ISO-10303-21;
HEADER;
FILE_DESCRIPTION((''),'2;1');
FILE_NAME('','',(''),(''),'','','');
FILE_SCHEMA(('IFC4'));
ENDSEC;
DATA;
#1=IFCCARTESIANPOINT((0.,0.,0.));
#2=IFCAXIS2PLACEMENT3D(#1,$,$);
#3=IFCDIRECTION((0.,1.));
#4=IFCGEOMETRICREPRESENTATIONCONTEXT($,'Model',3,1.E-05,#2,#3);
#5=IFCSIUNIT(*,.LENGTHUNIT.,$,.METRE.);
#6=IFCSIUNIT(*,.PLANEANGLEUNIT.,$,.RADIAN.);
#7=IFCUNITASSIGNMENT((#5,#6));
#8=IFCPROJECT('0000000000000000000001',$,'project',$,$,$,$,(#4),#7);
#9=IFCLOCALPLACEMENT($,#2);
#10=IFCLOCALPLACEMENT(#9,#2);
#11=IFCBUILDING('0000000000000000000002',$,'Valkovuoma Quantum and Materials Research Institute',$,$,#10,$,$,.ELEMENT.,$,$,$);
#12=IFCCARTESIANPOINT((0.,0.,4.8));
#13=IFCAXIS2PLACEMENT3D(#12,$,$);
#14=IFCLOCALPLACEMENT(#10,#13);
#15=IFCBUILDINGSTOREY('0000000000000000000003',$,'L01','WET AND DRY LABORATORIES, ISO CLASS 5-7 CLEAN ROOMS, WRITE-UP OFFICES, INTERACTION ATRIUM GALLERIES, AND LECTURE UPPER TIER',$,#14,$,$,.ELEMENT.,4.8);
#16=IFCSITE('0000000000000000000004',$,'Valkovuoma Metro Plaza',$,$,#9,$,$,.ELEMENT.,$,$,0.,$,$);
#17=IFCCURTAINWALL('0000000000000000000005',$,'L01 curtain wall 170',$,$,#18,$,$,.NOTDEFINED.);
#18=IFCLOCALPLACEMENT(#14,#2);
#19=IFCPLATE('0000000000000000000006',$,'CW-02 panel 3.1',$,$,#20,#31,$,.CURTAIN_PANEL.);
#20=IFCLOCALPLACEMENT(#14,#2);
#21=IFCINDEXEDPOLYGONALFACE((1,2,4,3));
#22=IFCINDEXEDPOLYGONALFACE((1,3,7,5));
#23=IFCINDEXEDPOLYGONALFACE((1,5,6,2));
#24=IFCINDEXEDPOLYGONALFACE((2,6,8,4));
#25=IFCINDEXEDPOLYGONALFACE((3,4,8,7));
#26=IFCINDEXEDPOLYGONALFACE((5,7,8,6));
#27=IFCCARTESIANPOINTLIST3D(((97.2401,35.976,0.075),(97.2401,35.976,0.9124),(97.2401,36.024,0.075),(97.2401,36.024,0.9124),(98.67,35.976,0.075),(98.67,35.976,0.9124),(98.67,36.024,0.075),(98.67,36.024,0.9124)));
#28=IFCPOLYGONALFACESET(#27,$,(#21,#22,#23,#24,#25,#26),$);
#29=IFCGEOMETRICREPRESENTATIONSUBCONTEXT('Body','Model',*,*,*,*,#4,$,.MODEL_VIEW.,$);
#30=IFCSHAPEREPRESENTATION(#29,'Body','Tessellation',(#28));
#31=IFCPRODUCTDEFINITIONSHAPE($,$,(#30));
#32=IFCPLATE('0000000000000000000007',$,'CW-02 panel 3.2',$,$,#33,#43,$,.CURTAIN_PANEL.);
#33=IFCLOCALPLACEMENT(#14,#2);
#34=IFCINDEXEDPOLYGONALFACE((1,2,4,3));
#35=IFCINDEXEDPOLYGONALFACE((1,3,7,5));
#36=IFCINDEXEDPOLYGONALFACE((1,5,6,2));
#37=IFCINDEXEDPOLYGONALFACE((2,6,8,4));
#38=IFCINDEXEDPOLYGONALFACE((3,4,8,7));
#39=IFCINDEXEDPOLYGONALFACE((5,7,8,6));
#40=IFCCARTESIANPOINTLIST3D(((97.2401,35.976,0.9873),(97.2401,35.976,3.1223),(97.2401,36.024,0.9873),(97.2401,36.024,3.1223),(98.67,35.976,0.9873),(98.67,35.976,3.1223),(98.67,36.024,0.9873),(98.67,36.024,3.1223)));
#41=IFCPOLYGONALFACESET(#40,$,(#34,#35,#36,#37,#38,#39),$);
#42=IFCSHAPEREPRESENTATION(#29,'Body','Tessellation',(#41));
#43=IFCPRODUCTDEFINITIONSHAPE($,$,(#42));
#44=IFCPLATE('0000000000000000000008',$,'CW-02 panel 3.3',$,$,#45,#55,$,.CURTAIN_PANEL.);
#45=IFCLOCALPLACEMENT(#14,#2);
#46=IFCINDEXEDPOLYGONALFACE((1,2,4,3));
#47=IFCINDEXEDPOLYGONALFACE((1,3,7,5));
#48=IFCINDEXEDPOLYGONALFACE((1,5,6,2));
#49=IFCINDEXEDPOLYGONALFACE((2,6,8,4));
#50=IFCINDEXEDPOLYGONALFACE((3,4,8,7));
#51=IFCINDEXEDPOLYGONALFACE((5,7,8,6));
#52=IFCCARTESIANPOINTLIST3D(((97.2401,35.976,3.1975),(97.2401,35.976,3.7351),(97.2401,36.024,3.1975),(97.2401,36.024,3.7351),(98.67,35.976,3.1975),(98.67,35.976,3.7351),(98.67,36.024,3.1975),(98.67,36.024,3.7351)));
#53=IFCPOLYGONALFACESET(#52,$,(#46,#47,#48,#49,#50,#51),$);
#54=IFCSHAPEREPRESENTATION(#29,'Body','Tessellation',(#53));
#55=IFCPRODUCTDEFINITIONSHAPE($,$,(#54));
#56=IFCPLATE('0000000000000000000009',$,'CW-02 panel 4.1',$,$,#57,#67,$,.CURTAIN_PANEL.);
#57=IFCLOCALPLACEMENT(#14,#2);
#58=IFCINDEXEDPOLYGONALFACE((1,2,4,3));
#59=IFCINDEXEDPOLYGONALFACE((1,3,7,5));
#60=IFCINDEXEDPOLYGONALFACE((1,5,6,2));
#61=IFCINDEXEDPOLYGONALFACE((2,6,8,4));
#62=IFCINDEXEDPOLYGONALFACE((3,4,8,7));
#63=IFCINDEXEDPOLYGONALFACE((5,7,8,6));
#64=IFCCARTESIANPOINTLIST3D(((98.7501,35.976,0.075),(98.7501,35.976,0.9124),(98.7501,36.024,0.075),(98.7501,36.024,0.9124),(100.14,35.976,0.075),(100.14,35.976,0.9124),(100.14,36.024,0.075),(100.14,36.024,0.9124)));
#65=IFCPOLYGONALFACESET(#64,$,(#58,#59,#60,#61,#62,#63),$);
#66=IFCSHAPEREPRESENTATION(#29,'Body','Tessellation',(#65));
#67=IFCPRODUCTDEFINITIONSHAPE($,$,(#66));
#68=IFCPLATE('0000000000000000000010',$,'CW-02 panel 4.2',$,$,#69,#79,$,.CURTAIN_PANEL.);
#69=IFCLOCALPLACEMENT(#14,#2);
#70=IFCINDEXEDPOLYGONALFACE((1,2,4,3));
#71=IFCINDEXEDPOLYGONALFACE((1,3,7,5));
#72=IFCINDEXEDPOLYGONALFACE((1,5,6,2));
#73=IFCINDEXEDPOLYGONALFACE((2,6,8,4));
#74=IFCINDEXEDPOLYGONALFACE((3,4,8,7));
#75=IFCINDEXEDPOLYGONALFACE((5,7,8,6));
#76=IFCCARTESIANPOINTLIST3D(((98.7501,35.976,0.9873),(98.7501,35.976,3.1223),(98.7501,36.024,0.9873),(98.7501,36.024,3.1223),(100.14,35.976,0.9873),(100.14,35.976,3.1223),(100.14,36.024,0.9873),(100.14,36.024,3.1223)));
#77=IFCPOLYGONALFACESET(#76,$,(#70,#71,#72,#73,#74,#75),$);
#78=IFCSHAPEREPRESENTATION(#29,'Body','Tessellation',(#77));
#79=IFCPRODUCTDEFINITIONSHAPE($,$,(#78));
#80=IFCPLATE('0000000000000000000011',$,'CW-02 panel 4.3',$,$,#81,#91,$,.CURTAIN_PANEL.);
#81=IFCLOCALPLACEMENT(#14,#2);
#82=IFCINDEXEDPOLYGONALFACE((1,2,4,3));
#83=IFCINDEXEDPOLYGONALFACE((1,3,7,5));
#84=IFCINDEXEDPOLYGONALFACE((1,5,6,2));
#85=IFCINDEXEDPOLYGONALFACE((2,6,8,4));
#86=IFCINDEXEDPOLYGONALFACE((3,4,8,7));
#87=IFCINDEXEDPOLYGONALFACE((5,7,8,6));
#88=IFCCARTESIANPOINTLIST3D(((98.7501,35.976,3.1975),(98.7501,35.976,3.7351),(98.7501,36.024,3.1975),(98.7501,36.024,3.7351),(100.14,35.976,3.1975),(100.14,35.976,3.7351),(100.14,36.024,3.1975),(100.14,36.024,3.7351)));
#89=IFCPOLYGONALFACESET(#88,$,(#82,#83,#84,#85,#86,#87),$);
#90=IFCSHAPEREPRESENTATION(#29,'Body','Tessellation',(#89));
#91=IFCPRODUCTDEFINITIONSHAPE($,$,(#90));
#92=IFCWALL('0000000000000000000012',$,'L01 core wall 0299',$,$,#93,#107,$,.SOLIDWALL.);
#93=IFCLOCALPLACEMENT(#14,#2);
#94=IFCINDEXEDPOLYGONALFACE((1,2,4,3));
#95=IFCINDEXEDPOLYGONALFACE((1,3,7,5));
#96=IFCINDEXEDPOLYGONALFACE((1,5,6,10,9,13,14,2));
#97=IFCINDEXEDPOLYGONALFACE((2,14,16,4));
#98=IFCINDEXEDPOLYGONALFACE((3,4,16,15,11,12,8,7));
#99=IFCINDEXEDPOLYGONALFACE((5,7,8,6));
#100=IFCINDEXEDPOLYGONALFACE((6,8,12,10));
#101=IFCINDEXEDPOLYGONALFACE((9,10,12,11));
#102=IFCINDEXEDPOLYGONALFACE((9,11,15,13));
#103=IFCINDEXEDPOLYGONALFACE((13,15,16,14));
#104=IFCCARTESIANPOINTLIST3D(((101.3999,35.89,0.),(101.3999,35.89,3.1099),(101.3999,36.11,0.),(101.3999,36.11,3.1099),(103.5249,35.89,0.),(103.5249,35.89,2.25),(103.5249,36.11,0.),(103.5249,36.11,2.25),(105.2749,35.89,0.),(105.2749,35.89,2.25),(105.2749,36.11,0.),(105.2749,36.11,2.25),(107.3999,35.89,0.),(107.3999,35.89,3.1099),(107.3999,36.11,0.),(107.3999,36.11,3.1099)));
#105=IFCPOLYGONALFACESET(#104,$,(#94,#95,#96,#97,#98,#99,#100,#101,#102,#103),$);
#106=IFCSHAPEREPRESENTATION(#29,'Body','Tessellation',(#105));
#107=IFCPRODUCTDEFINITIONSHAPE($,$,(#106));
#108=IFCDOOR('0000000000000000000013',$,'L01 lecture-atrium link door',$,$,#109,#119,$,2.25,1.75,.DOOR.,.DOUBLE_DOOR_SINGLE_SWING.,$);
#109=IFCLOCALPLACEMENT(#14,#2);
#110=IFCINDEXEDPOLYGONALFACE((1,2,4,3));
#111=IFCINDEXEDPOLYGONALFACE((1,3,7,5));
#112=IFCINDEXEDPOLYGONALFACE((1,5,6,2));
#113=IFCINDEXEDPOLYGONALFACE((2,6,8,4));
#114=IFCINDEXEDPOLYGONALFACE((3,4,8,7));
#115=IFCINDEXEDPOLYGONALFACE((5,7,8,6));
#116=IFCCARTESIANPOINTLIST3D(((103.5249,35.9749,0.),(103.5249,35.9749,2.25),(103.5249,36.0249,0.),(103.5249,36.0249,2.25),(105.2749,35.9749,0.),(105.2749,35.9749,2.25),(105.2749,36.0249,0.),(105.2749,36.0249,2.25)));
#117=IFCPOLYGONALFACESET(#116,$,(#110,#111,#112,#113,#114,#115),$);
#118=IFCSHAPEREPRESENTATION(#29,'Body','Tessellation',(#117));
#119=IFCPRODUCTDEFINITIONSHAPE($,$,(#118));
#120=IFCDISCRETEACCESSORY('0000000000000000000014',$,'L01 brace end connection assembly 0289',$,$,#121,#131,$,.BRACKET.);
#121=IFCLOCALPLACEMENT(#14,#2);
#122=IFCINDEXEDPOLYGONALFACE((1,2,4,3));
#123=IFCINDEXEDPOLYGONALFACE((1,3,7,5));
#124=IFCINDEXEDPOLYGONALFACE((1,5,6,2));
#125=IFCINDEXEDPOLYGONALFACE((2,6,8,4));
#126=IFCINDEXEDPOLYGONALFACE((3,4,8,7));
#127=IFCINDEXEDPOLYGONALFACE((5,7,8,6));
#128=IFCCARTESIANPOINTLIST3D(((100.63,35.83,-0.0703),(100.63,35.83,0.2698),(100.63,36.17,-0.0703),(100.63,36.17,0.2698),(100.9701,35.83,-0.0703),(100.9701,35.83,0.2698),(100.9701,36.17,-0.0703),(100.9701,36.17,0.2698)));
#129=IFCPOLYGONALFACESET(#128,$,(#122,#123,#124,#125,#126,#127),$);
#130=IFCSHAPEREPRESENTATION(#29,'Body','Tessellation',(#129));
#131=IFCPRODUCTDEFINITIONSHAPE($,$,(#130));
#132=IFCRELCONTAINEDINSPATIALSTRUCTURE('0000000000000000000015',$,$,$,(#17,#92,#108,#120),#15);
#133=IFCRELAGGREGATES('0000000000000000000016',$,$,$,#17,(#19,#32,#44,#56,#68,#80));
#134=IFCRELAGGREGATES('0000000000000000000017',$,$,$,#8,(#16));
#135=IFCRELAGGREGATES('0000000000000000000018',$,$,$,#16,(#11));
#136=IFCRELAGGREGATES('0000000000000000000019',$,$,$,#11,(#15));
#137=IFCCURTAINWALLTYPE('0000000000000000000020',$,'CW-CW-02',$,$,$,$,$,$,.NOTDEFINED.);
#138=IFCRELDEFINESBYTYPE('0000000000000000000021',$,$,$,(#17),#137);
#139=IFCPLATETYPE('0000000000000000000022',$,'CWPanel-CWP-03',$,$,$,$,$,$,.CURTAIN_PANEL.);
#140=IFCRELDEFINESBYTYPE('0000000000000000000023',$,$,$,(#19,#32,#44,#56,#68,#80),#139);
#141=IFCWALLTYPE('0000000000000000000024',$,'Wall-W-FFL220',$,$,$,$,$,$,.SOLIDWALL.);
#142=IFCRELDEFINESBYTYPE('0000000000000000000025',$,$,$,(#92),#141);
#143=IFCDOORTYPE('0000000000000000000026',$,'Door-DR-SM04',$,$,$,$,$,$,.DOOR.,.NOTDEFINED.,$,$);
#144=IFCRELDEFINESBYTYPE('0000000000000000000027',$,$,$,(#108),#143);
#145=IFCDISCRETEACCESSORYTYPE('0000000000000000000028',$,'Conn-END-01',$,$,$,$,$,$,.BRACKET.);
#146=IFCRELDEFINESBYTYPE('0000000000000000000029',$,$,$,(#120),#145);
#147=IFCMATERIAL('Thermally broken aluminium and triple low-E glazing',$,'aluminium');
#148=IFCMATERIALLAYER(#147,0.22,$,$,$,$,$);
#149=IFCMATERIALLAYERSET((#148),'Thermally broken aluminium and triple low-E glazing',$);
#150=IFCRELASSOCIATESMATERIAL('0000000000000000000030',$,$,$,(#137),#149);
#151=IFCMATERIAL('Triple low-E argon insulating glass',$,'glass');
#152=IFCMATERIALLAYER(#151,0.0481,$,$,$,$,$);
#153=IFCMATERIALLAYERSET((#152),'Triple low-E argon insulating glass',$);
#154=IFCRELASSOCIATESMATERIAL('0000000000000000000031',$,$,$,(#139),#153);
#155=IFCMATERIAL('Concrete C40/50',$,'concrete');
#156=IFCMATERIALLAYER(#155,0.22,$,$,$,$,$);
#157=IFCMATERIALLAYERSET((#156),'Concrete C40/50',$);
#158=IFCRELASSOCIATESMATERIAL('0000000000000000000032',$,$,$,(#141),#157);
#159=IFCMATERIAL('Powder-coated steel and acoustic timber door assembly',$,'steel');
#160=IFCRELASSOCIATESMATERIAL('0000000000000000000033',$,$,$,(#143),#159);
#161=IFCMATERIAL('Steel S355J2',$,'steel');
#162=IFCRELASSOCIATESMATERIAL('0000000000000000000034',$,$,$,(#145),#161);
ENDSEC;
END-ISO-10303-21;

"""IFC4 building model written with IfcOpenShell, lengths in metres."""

from ifc_helpers import new_model, si_unit, direction, frame, frame_2d, origin, origin_2d, place, context, subcontext, project, spatial, rectangle, extrude, material, layer, layer_set, type_object, element, fill, aggregate, save


model = new_model("IFC4")

# Units and contexts
model_context = context("Model", 3, precision=1e-05, world=origin(), true_north=direction((0.0, 1.0)))
body_context = subcontext(model_context, "Body", "Model", "MODEL_VIEW")
ifc_project = project(units=[si_unit("LENGTHUNIT", "METRE"), si_unit("PLANEANGLEUNIT", "RADIAN")], contexts=[model_context])

# Site, building, storey
site_placement = place(None, origin())
site = spatial("IfcSite", under=ifc_project, at=site_placement, Name="Valkovuoma Metro Plaza", CompositionType="ELEMENT", RefElevation=0.0)
building_placement = place(site_placement, origin())
building = spatial("IfcBuilding", under=site, at=building_placement, Name="Valkovuoma Quantum and Materials Research Institute", CompositionType="ELEMENT")
storey_placement = place(building_placement, frame((0.0, 0.0, 4.8)))
storey = spatial("IfcBuildingStorey", under=building, at=storey_placement, Name="L01", Description="WET AND DRY LABORATORIES, ISO CLASS 5-7 CLEAN ROOMS, WRITE-UP OFFICES, INTERACTION ATRIUM GALLERIES, AND LECTURE UPPER TIER", CompositionType="ELEMENT", Elevation=4.8)

# Curtain wall
ifc_material_1 = material(Name="Thermally broken aluminium and triple low-E glazing", Category="aluminium")
ifc_layer_1 = layer(ifc_material_1, 0.22)
ifc_layer_set_1 = layer_set([ifc_layer_1], Name="Thermally broken aluminium and triple low-E glazing")
curtain_wall_type = type_object("IfcCurtainWallType", Name="CW-CW-02", PredefinedType="NOTDEFINED", material=ifc_layer_set_1)
curtain_wall_placement = place(storey_placement, origin())
curtain_wall = element("IfcCurtainWall", 1, at=curtain_wall_placement, inside=storey, type_object=curtain_wall_type, Name="L01 curtain wall 170", PredefinedType="NOTDEFINED")

# Plates
ifc_material_2 = material(Name="Triple low-E argon insulating glass", Category="glass")
ifc_layer_2 = layer(ifc_material_2, 0.0481)
ifc_layer_set_2 = layer_set([ifc_layer_2], Name="Triple low-E argon insulating glass")
plate_type = type_object("IfcPlateType", Name="CWPanel-CWP-03", PredefinedType="CURTAIN_PANEL", material=ifc_layer_set_2)
plate_1_placement = place(storey_placement, frame((97.9551, 36.0, 0.075), z_axis=(0.0, 0.0, 1.0), x_axis=(1.0, 0.0, 0.0)))
plate_1 = element("IfcPlate", 2, at=plate_1_placement, type_object=plate_type, Name="CW-02 panel 3.1", PredefinedType="CURTAIN_PANEL", context=body_context, shape_type="SweptSolid", body=[
    extrude(rectangle(XDim=1.4299, YDim=0.0481, at=origin_2d()), origin(), (0.0, 0.0, 1.0), 0.8374),
])
plate_2_placement = place(storey_placement, frame((97.9551, 36.0, 0.9873), z_axis=(0.0, 0.0, 1.0), x_axis=(1.0, 0.0, 0.0)))
plate_2 = element("IfcPlate", 3, at=plate_2_placement, type_object=plate_type, Name="CW-02 panel 3.2", PredefinedType="CURTAIN_PANEL", context=body_context, shape_type="SweptSolid", body=[
    extrude(rectangle(XDim=1.4299, YDim=0.0481, at=origin_2d()), origin(), (0.0, 0.0, 1.0), 2.135),
])
plate_3_placement = place(storey_placement, frame((97.9551, 36.0, 3.1975), z_axis=(0.0, 0.0, 1.0), x_axis=(1.0, 0.0, 0.0)))
plate_3 = element("IfcPlate", 4, at=plate_3_placement, type_object=plate_type, Name="CW-02 panel 3.3", PredefinedType="CURTAIN_PANEL", context=body_context, shape_type="SweptSolid", body=[
    extrude(rectangle(XDim=1.4299, YDim=0.0481, at=origin_2d()), origin(), (0.0, 0.0, 1.0), 0.5376),
])
plate_4_placement = place(storey_placement, frame((99.4451, 36.0, 0.075), z_axis=(0.0, 0.0, 1.0), x_axis=(1.0, 0.0, 0.0)))
plate_4 = element("IfcPlate", 5, at=plate_4_placement, type_object=plate_type, Name="CW-02 panel 4.1", PredefinedType="CURTAIN_PANEL", context=body_context, shape_type="SweptSolid", body=[
    extrude(rectangle(XDim=1.3899, YDim=0.0481, at=origin_2d()), origin(), (0.0, 0.0, 1.0), 0.8374),
])
plate_5_placement = place(storey_placement, frame((99.4451, 36.0, 0.9873), z_axis=(0.0, 0.0, 1.0), x_axis=(1.0, 0.0, 0.0)))
plate_5 = element("IfcPlate", 6, at=plate_5_placement, type_object=plate_type, Name="CW-02 panel 4.2", PredefinedType="CURTAIN_PANEL", context=body_context, shape_type="SweptSolid", body=[
    extrude(rectangle(XDim=1.3899, YDim=0.0481, at=origin_2d()), origin(), (0.0, 0.0, 1.0), 2.135),
])
plate_6_placement = place(storey_placement, frame((99.4451, 36.0, 3.1975), z_axis=(0.0, 0.0, 1.0), x_axis=(1.0, 0.0, 0.0)))
plate_6 = element("IfcPlate", 7, at=plate_6_placement, type_object=plate_type, Name="CW-02 panel 4.3", PredefinedType="CURTAIN_PANEL", context=body_context, shape_type="SweptSolid", body=[
    extrude(rectangle(XDim=1.3899, YDim=0.0481, at=origin_2d()), origin(), (0.0, 0.0, 1.0), 0.5376),
])
aggregate(curtain_wall, [plate_1, plate_2, plate_3, plate_4, plate_5, plate_6])

# Wall, opening, door
ifc_material_3 = material(Name="Concrete C40/50", Category="concrete")
ifc_layer_3 = layer(ifc_material_3, 0.22)
ifc_layer_set_3 = layer_set([ifc_layer_3], Name="Concrete C40/50")
wall_type = type_object("IfcWallType", Name="Wall-W-FFL220", PredefinedType="SOLIDWALL", material=ifc_layer_set_3)
wall_placement = place(storey_placement, frame((101.3999, 36.0, 0.0), z_axis=(0.0, 0.0, 1.0), x_axis=(1.0, 0.0, 0.0)))
wall = element("IfcWall", 8, at=wall_placement, inside=storey, type_object=wall_type, Name="L01 core wall 0299", PredefinedType="SOLIDWALL", context=body_context, shape_type="SweptSolid", body=[
    extrude(rectangle(XDim=6.0, YDim=0.22, at=frame_2d((3.0, 0.0))), origin(), (0.0, 0.0, 1.0), 3.1099),
])
opening_placement = place(wall_placement, frame((2.125, 0.0, 0.0)))
opening = element("IfcOpeningElement", 9, at=opening_placement, cuts=wall, PredefinedType="OPENING", context=body_context, shape_type="SweptSolid", body=[
    extrude(rectangle(XDim=1.75, YDim=2.25, at=frame_2d((0.875, 1.125))), frame((0.0, 0.1201, 0.0), z_axis=(0.0, -1.0, 0.0), x_axis=(1.0, 0.0, 0.0)), (0.0, 0.0, 1.0), 0.24),
])
ifc_material_4 = material(Name="Powder-coated steel and acoustic timber door assembly", Category="steel")
door_type = type_object("IfcDoorType", Name="Door-DR-SM04", OperationType="NOTDEFINED", PredefinedType="DOOR", material=ifc_material_4)
door_placement = place(opening_placement, origin())
door = element("IfcDoor", 10, at=door_placement, inside=storey, type_object=door_type, Name="L01 lecture-atrium link door", OperationType="DOUBLE_DOOR_SINGLE_SWING", OverallHeight=2.25, OverallWidth=1.75, PredefinedType="DOOR", context=body_context, shape_type="SweptSolid", body=[
    extrude(rectangle(XDim=1.75, YDim=2.25, at=frame_2d((0.875, 1.125))), frame((0.0, 0.0249, 0.0), z_axis=(0.0, -1.0, 0.0), x_axis=(1.0, 0.0, 0.0)), (0.0, 0.0, 1.0), 0.05),
])
fill(opening, door)

# Discrete accessory
ifc_material_5 = material(Name="Steel S355J2", Category="steel")
discrete_accessory_type = type_object("IfcDiscreteAccessoryType", Name="Conn-END-01", PredefinedType="BRACKET", material=ifc_material_5)
discrete_accessory_placement = place(storey_placement, frame((100.8, 36.0, -0.0703), z_axis=(0.0, 0.0, 1.0), x_axis=(1.0, 0.0, 0.0)))
element("IfcDiscreteAccessory", 11, at=discrete_accessory_placement, inside=storey, type_object=discrete_accessory_type, Name="L01 brace end connection assembly 0289", PredefinedType="BRACKET", context=body_context, shape_type="SweptSolid", body=[
    extrude(rectangle(XDim=0.3401, YDim=0.3401, at=origin_2d()), origin(), (0.0, 0.0, 1.0), 0.3401),
])

save(model, "model.ifc")
